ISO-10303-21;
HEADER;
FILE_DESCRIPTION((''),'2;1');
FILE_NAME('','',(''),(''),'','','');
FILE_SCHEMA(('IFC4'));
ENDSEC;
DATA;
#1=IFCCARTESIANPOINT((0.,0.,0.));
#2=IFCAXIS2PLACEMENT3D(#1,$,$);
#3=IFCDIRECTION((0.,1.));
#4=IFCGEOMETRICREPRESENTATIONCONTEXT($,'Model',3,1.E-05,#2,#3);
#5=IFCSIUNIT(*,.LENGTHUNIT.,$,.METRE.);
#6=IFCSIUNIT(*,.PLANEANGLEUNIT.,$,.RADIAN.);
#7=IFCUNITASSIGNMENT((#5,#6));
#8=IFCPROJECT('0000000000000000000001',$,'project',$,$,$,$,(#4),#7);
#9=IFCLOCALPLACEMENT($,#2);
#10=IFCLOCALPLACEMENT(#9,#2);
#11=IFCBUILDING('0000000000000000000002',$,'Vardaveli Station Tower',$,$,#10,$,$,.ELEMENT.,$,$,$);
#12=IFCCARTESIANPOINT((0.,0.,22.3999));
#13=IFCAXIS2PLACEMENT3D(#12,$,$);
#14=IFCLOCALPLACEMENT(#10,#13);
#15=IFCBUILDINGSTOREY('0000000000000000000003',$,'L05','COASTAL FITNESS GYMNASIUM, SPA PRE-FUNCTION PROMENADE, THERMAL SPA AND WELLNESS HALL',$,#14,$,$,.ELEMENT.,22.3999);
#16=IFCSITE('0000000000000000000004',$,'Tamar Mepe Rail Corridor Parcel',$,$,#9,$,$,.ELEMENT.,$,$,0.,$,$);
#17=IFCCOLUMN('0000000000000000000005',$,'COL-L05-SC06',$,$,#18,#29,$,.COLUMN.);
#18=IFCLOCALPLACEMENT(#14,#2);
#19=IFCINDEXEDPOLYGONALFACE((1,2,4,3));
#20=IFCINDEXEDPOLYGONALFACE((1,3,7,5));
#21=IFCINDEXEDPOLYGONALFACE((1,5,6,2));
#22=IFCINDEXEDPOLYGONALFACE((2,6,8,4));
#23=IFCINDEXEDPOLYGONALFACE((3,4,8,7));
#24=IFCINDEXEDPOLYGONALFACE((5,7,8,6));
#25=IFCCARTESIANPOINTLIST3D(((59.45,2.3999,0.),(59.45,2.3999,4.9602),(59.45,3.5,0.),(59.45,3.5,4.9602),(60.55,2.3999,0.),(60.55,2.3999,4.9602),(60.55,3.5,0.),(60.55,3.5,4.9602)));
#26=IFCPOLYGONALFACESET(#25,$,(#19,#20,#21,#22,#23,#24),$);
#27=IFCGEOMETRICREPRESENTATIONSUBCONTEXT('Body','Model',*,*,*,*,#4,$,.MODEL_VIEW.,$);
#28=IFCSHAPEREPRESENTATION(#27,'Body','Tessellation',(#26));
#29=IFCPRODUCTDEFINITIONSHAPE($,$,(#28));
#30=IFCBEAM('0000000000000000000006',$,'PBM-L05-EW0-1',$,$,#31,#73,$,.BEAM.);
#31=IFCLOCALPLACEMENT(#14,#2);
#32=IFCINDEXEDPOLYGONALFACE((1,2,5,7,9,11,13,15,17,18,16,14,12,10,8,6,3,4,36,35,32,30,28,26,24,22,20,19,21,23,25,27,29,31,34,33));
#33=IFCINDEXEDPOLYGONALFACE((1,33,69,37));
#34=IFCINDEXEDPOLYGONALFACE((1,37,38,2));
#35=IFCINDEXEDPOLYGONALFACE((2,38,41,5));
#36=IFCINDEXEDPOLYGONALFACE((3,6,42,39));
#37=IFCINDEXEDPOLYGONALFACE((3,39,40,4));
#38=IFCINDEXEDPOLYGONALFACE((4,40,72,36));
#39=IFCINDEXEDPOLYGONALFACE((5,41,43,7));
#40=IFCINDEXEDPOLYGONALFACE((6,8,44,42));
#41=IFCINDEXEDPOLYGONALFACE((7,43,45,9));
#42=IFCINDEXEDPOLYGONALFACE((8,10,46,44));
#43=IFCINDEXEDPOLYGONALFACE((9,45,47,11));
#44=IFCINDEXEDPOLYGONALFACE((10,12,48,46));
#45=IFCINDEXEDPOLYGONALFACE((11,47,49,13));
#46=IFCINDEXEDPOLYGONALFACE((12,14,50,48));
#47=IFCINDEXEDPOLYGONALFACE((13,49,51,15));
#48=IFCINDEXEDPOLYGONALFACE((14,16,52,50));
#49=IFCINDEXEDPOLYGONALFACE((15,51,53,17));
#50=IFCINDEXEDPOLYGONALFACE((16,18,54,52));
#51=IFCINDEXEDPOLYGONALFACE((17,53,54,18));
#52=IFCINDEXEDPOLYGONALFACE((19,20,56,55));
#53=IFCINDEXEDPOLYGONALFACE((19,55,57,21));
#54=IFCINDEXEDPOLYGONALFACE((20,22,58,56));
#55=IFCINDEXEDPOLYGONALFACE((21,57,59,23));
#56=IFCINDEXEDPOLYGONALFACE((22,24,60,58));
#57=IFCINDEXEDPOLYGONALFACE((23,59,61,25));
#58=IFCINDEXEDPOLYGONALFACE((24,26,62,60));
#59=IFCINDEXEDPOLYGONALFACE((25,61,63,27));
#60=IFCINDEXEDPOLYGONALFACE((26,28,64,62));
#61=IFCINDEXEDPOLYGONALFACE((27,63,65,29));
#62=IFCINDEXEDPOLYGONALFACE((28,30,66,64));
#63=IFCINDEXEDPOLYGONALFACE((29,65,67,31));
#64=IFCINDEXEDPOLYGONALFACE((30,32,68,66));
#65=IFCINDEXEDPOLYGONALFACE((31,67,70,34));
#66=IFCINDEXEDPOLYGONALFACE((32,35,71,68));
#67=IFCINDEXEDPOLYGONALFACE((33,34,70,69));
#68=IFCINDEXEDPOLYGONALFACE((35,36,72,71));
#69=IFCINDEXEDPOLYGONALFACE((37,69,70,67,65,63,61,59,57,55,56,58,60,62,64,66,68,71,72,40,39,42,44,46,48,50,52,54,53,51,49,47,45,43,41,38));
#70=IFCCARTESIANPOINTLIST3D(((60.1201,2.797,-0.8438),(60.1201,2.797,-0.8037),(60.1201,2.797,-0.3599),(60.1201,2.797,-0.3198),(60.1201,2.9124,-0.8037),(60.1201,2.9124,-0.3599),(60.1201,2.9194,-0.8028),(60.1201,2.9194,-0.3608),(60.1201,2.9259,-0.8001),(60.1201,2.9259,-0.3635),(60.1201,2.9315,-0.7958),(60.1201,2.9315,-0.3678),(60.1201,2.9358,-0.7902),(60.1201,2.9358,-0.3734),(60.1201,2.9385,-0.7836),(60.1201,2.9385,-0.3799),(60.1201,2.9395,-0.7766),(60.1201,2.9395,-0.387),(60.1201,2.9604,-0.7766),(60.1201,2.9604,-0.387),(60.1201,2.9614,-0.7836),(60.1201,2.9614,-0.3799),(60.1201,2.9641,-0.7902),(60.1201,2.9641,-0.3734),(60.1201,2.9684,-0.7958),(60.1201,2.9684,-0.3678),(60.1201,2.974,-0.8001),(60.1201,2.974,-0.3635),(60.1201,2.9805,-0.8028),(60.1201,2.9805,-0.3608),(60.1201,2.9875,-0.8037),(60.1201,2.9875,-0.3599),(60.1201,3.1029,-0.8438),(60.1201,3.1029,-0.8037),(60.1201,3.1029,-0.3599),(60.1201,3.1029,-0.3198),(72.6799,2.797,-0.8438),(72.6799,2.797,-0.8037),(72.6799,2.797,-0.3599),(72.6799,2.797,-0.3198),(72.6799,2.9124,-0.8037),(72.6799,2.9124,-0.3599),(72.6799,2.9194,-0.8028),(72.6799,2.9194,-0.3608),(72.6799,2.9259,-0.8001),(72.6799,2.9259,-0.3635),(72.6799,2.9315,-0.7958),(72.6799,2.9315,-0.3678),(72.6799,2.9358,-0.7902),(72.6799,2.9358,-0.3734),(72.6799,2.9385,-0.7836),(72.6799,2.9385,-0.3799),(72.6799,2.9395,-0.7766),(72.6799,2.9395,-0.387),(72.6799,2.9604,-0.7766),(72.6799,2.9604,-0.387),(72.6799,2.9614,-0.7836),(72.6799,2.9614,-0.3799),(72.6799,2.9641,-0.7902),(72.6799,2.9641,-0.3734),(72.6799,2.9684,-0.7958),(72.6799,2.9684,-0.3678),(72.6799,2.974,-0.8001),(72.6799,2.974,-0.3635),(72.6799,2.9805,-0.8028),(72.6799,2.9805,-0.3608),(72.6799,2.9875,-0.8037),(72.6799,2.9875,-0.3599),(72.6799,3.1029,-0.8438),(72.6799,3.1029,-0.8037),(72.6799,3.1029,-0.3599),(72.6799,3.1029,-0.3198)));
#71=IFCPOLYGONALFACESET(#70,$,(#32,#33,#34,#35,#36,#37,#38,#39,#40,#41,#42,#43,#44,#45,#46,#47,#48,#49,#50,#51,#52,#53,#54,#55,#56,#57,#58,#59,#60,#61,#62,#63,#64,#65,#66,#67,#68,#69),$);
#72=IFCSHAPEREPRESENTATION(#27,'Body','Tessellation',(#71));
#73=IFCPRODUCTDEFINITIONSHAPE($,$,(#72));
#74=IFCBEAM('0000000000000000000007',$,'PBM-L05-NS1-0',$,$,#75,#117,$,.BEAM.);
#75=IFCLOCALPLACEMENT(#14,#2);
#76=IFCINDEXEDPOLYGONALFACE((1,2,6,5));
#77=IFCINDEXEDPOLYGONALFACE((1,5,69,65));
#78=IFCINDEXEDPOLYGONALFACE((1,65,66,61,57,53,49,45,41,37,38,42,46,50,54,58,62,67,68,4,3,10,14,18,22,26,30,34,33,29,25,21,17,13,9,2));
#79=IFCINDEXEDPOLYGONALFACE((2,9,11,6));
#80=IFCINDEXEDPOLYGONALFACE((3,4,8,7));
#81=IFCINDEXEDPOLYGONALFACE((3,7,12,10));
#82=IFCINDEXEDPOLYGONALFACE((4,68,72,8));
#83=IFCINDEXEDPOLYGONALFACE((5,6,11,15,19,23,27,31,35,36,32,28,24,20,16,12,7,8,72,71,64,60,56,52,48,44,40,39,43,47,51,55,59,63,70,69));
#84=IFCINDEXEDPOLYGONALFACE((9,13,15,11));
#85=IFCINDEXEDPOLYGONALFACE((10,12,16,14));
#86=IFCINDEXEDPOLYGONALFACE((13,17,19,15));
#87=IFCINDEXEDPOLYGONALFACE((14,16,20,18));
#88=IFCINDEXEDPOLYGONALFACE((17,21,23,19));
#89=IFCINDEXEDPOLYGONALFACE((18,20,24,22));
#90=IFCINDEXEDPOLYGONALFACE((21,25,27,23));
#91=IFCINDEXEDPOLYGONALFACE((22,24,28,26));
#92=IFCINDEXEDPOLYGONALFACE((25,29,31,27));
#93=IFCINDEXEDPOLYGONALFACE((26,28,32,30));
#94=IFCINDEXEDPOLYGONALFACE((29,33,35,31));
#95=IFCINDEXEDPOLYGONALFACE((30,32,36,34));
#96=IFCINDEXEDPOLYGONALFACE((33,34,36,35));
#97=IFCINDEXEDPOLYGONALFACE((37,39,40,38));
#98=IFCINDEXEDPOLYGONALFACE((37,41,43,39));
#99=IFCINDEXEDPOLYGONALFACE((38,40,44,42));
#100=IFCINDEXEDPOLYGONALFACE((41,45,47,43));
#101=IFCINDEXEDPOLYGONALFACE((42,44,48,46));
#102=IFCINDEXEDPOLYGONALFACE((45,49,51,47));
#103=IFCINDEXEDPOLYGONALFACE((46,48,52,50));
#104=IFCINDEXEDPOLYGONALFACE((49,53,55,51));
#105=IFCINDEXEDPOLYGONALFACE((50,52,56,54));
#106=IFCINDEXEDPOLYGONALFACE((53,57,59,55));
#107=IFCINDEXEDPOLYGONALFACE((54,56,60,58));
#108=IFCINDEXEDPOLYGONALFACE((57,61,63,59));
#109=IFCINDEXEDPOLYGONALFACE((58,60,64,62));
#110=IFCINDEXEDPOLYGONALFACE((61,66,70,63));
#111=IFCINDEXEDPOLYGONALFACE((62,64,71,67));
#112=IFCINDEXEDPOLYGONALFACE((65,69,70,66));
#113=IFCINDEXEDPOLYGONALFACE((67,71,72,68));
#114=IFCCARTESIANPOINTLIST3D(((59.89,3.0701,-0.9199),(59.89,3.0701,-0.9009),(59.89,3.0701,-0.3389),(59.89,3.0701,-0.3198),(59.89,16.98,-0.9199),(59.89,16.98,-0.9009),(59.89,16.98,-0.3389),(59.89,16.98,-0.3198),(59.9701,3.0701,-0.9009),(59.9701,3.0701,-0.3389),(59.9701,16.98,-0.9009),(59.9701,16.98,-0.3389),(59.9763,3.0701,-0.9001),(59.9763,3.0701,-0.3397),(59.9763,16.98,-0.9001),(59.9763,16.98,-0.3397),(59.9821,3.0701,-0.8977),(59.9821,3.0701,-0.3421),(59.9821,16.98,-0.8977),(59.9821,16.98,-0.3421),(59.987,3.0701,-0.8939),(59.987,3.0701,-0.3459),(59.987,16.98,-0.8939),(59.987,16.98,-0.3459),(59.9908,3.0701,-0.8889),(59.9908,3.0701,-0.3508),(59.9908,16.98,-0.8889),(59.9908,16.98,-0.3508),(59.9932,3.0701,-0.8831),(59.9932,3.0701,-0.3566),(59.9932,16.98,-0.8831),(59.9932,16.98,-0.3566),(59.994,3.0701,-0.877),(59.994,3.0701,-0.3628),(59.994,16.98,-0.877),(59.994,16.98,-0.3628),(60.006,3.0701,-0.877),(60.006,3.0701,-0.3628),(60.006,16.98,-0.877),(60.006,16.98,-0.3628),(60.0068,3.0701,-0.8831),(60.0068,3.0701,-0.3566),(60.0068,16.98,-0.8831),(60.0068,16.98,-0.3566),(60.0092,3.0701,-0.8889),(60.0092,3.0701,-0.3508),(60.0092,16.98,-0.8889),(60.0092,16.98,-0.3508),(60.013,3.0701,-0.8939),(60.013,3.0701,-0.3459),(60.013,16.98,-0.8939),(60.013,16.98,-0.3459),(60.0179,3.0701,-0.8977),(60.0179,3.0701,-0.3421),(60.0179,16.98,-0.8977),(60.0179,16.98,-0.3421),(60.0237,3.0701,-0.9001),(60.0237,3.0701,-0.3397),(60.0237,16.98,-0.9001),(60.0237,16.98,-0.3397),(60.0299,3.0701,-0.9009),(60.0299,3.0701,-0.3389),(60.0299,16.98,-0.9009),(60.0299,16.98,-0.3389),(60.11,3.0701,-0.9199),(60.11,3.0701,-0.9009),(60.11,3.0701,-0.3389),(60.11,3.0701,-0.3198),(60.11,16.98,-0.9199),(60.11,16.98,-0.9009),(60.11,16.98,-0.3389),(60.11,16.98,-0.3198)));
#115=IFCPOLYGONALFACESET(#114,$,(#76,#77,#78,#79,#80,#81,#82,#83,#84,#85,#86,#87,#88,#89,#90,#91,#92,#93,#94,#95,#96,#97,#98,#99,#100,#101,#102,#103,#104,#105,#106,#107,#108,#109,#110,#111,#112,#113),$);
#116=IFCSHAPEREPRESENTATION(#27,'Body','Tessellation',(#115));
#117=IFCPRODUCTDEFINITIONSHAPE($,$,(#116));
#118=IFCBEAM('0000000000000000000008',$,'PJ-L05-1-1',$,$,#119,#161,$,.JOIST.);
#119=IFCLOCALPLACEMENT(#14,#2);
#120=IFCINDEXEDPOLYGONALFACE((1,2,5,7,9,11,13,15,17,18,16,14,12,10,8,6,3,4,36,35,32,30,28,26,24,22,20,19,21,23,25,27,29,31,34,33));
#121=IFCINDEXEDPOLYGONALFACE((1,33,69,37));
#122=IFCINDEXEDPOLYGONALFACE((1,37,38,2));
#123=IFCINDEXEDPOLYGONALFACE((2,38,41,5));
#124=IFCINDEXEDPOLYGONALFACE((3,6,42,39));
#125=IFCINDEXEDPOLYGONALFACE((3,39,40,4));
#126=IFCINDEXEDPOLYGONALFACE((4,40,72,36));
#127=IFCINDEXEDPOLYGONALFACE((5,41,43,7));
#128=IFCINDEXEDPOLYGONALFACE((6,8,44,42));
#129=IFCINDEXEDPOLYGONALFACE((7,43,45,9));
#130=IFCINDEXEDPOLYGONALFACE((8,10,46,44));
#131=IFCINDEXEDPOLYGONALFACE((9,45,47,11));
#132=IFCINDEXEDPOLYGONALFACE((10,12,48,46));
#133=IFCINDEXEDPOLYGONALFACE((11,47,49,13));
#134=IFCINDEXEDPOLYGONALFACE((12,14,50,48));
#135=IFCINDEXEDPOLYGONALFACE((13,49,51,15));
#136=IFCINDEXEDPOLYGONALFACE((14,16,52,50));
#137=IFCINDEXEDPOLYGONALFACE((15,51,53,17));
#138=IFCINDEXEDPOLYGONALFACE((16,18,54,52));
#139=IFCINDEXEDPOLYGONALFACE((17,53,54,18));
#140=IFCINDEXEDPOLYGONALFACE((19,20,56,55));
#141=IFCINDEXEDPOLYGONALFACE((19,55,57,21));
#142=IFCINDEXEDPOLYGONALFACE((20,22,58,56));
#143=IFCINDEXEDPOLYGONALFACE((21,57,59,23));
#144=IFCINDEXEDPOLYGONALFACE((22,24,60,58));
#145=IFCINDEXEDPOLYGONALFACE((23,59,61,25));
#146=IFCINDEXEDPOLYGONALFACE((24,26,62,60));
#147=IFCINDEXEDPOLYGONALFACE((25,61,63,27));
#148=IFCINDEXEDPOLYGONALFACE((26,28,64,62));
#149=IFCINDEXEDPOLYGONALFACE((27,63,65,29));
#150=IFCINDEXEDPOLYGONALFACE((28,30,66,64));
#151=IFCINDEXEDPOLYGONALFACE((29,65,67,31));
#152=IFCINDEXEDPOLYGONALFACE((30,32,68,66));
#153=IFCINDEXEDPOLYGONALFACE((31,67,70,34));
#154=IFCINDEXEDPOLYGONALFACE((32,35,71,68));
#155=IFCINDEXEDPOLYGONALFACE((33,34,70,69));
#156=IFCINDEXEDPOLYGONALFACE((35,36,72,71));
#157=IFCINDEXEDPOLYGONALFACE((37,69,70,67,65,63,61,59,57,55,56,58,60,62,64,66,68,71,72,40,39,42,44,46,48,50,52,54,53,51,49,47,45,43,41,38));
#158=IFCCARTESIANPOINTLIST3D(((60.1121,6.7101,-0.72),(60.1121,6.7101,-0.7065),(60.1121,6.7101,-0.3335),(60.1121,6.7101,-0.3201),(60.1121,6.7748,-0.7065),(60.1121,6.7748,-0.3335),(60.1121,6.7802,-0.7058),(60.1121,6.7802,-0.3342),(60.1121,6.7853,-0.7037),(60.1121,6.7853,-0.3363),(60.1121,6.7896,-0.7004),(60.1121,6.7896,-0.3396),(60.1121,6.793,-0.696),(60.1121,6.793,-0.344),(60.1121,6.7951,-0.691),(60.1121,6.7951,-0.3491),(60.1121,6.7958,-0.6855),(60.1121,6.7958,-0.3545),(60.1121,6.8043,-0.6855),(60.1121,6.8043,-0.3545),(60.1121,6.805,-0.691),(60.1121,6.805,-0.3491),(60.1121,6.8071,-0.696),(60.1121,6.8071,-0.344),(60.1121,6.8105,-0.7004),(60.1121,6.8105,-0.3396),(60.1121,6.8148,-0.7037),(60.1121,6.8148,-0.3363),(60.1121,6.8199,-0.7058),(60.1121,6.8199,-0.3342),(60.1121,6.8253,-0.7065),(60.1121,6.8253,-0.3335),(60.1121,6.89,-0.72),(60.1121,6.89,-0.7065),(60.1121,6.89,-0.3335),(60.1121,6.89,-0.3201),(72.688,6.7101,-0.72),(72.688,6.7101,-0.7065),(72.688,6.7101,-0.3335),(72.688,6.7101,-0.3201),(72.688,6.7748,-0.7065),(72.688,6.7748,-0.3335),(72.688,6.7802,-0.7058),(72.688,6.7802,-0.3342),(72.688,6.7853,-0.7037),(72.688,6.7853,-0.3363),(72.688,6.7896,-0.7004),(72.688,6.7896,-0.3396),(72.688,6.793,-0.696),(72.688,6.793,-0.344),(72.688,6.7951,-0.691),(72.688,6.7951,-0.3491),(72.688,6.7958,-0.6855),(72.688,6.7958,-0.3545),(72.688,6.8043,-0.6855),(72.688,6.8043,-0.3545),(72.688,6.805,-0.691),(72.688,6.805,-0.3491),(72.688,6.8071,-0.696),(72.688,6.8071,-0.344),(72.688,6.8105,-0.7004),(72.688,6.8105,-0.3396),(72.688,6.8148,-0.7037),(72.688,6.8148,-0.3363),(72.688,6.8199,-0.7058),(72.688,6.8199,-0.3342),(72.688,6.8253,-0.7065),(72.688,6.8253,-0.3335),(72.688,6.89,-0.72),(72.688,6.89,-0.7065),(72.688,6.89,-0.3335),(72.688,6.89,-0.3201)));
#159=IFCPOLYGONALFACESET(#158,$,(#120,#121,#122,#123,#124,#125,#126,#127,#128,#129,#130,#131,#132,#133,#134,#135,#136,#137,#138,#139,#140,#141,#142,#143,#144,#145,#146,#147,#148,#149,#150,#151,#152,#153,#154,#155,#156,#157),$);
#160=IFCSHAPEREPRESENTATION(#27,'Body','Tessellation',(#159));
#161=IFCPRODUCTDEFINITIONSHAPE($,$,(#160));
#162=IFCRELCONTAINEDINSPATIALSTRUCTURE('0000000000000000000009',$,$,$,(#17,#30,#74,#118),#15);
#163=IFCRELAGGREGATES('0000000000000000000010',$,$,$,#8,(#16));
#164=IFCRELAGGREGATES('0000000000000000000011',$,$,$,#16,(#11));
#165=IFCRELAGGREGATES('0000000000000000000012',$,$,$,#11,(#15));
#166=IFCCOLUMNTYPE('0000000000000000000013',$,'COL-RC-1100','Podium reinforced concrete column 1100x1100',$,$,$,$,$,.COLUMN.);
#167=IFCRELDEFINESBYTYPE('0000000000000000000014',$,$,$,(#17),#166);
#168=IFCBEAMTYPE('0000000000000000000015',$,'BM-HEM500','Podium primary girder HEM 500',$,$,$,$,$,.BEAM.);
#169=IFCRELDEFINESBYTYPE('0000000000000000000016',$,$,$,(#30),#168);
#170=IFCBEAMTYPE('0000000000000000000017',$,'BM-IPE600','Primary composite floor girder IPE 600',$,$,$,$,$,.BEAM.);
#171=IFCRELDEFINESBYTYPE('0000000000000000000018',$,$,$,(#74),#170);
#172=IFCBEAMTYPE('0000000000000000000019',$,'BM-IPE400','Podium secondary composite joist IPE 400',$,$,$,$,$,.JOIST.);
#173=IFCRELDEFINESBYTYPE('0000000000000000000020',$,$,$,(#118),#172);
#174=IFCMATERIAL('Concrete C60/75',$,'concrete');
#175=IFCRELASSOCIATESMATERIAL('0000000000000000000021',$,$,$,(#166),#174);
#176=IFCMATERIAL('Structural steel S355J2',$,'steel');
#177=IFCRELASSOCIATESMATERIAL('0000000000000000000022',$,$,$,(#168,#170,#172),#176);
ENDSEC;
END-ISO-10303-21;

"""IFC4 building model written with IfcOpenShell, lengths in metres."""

from ifc_helpers import new_model, si_unit, direction, frame, origin, origin_2d, place, context, subcontext, project, spatial, rectangle, i_section, extrude, source, transform, mapped, material, material_profile, profile_set, type_object, element, save


model = new_model("IFC4")

# Units and contexts
model_context = context("Model", 3, precision=1e-05, world=origin(), true_north=direction((0.0, 1.0)))
body_context = subcontext(model_context, "Body", "Model", "MODEL_VIEW")
ifc_project = project(units=[si_unit("LENGTHUNIT", "METRE"), si_unit("PLANEANGLEUNIT", "RADIAN")], contexts=[model_context])

# Site, building, storey
site_placement = place(None, origin())
site = spatial("IfcSite", under=ifc_project, at=site_placement, Name="Tamar Mepe Rail Corridor Parcel", CompositionType="ELEMENT", RefElevation=0.0)
building_placement = place(site_placement, origin())
building = spatial("IfcBuilding", under=site, at=building_placement, Name="Vardaveli Station Tower", CompositionType="ELEMENT")
storey_placement = place(building_placement, frame((0.0, 0.0, 22.3999)))
storey = spatial("IfcBuildingStorey", under=building, at=storey_placement, Name="L05", Description="COASTAL FITNESS GYMNASIUM, SPA PRE-FUNCTION PROMENADE, THERMAL SPA AND WELLNESS HALL", CompositionType="ELEMENT", Elevation=22.3999)

# Column
ifc_material_1 = material(Name="Concrete C60/75", Category="concrete")
ifc_material_profile_1 = material_profile(ifc_material_1, rectangle(XDim=1.1001, YDim=1.1001, at=origin_2d()), Name="RC 1100x1100")
ifc_profile_set_1 = profile_set([ifc_material_profile_1], Name="Concrete C60/75")
column_type = type_object("IfcColumnType", Name="COL-RC-1100", Description="Podium reinforced concrete column 1100x1100", PredefinedType="COLUMN", material=ifc_profile_set_1)
shared_shape_1 = source(origin(), body_context, "Body", "SweptSolid", [
    extrude(rectangle(XDim=1.1001, YDim=1.1001, at=origin_2d()), origin(), (0.0, 0.0, 1.0), 4.9602),
])
column_placement = place(storey_placement, frame((60.0, 2.95, 0.0), z_axis=(0.0, 0.0, 1.0), x_axis=(1.0, 0.0, 0.0)))
element("IfcColumn", 1, at=column_placement, inside=storey, type_object=column_type, Name="COL-L05-SC06", PredefinedType="COLUMN", context=body_context, shape_type="MappedRepresentation", body=[
    mapped(shared_shape_1, transform((0.0, 0.0, 0.0), scale=1.0)),
])

# Beams
ifc_material_2 = material(Name="Structural steel S355J2", Category="steel")
ifc_material_profile_2 = material_profile(ifc_material_2, i_section(OverallWidth=0.3059, OverallDepth=0.5239, WebThickness=0.021, FlangeThickness=0.04, FilletRadius=0.0271, at=origin_2d()), Name="HEM 500")
ifc_profile_set_2 = profile_set([ifc_material_profile_2], Name="Structural steel S355J2")
beam_type_1 = type_object("IfcBeamType", Name="BM-HEM500", Description="Podium primary girder HEM 500", PredefinedType="BEAM", material=ifc_profile_set_2)
shared_shape_2 = source(origin(), body_context, "Body", "SweptSolid", [
    extrude(i_section(OverallWidth=0.3059, OverallDepth=0.5239, WebThickness=0.021, FlangeThickness=0.04, FilletRadius=0.0271, at=origin_2d()), origin(), (0.0, 0.0, 1.0), 12.5598),
])
beam_1_placement = place(storey_placement, frame((60.1201, 2.95, -0.5818), z_axis=(1.0, 0.0, 0.0), x_axis=(0.0, 1.0, 0.0)))
element("IfcBeam", 2, at=beam_1_placement, inside=storey, type_object=beam_type_1, Name="PBM-L05-EW0-1", PredefinedType="BEAM", context=body_context, shape_type="MappedRepresentation", body=[
    mapped(shared_shape_2, transform((0.0, 0.0, 0.0), scale=1.0)),
])
ifc_material_profile_3 = material_profile(ifc_material_2, i_section(OverallWidth=0.22, OverallDepth=0.6001, WebThickness=0.012, FlangeThickness=0.019, FilletRadius=0.0239, at=origin_2d()), Name="IPE 600")
ifc_profile_set_3 = profile_set([ifc_material_profile_3], Name="Structural steel S355J2")
beam_type_2 = type_object("IfcBeamType", Name="BM-IPE600", Description="Primary composite floor girder IPE 600", PredefinedType="BEAM", material=ifc_profile_set_3)
shared_shape_3 = source(origin(), body_context, "Body", "SweptSolid", [
    extrude(i_section(OverallWidth=0.22, OverallDepth=0.6001, WebThickness=0.012, FlangeThickness=0.019, FilletRadius=0.0239, at=origin_2d()), origin(), (0.0, 0.0, 1.0), 13.9099),
])
beam_2_placement = place(storey_placement, frame((60.0, 3.0701, -0.6199), z_axis=(0.0, 1.0, 0.0), x_axis=(-1.0, 0.0, 0.0)))
element("IfcBeam", 3, at=beam_2_placement, inside=storey, type_object=beam_type_2, Name="PBM-L05-NS1-0", PredefinedType="BEAM", context=body_context, shape_type="MappedRepresentation", body=[
    mapped(shared_shape_3, transform((0.0, 0.0, 0.0), scale=1.0)),
])
ifc_material_profile_4 = material_profile(ifc_material_2, i_section(OverallWidth=0.1799, OverallDepth=0.3999, WebThickness=0.0085, FlangeThickness=0.0134, FilletRadius=0.021, at=origin_2d()), Name="IPE 400")
ifc_profile_set_4 = profile_set([ifc_material_profile_4], Name="Structural steel S355J2")
beam_type_3 = type_object("IfcBeamType", Name="BM-IPE400", Description="Podium secondary composite joist IPE 400", PredefinedType="JOIST", material=ifc_profile_set_4)
shared_shape_4 = source(origin(), body_context, "Body", "SweptSolid", [
    extrude(i_section(OverallWidth=0.1799, OverallDepth=0.3999, WebThickness=0.0085, FlangeThickness=0.0134, FilletRadius=0.021, at=origin_2d()), origin(), (0.0, 0.0, 1.0), 12.5759),
])
for number, where, z_axis, x_axis, name in (
    (4, (60.1121, 6.8, -0.52), (1.0, 0.0, 0.0), (0.0, 1.0, 0.0), "PJ-L05-1-1"),
):
    element("IfcBeam", number, at=place(storey_placement, frame(where, z_axis=z_axis, x_axis=x_axis)), inside=storey, type_object=beam_type_3, Name=name, PredefinedType="JOIST", context=body_context, shape_type="MappedRepresentation", body=[
        mapped(shared_shape_4, transform((0.0, 0.0, 0.0), scale=1.0)),
    ])

save(model, "model.ifc")
